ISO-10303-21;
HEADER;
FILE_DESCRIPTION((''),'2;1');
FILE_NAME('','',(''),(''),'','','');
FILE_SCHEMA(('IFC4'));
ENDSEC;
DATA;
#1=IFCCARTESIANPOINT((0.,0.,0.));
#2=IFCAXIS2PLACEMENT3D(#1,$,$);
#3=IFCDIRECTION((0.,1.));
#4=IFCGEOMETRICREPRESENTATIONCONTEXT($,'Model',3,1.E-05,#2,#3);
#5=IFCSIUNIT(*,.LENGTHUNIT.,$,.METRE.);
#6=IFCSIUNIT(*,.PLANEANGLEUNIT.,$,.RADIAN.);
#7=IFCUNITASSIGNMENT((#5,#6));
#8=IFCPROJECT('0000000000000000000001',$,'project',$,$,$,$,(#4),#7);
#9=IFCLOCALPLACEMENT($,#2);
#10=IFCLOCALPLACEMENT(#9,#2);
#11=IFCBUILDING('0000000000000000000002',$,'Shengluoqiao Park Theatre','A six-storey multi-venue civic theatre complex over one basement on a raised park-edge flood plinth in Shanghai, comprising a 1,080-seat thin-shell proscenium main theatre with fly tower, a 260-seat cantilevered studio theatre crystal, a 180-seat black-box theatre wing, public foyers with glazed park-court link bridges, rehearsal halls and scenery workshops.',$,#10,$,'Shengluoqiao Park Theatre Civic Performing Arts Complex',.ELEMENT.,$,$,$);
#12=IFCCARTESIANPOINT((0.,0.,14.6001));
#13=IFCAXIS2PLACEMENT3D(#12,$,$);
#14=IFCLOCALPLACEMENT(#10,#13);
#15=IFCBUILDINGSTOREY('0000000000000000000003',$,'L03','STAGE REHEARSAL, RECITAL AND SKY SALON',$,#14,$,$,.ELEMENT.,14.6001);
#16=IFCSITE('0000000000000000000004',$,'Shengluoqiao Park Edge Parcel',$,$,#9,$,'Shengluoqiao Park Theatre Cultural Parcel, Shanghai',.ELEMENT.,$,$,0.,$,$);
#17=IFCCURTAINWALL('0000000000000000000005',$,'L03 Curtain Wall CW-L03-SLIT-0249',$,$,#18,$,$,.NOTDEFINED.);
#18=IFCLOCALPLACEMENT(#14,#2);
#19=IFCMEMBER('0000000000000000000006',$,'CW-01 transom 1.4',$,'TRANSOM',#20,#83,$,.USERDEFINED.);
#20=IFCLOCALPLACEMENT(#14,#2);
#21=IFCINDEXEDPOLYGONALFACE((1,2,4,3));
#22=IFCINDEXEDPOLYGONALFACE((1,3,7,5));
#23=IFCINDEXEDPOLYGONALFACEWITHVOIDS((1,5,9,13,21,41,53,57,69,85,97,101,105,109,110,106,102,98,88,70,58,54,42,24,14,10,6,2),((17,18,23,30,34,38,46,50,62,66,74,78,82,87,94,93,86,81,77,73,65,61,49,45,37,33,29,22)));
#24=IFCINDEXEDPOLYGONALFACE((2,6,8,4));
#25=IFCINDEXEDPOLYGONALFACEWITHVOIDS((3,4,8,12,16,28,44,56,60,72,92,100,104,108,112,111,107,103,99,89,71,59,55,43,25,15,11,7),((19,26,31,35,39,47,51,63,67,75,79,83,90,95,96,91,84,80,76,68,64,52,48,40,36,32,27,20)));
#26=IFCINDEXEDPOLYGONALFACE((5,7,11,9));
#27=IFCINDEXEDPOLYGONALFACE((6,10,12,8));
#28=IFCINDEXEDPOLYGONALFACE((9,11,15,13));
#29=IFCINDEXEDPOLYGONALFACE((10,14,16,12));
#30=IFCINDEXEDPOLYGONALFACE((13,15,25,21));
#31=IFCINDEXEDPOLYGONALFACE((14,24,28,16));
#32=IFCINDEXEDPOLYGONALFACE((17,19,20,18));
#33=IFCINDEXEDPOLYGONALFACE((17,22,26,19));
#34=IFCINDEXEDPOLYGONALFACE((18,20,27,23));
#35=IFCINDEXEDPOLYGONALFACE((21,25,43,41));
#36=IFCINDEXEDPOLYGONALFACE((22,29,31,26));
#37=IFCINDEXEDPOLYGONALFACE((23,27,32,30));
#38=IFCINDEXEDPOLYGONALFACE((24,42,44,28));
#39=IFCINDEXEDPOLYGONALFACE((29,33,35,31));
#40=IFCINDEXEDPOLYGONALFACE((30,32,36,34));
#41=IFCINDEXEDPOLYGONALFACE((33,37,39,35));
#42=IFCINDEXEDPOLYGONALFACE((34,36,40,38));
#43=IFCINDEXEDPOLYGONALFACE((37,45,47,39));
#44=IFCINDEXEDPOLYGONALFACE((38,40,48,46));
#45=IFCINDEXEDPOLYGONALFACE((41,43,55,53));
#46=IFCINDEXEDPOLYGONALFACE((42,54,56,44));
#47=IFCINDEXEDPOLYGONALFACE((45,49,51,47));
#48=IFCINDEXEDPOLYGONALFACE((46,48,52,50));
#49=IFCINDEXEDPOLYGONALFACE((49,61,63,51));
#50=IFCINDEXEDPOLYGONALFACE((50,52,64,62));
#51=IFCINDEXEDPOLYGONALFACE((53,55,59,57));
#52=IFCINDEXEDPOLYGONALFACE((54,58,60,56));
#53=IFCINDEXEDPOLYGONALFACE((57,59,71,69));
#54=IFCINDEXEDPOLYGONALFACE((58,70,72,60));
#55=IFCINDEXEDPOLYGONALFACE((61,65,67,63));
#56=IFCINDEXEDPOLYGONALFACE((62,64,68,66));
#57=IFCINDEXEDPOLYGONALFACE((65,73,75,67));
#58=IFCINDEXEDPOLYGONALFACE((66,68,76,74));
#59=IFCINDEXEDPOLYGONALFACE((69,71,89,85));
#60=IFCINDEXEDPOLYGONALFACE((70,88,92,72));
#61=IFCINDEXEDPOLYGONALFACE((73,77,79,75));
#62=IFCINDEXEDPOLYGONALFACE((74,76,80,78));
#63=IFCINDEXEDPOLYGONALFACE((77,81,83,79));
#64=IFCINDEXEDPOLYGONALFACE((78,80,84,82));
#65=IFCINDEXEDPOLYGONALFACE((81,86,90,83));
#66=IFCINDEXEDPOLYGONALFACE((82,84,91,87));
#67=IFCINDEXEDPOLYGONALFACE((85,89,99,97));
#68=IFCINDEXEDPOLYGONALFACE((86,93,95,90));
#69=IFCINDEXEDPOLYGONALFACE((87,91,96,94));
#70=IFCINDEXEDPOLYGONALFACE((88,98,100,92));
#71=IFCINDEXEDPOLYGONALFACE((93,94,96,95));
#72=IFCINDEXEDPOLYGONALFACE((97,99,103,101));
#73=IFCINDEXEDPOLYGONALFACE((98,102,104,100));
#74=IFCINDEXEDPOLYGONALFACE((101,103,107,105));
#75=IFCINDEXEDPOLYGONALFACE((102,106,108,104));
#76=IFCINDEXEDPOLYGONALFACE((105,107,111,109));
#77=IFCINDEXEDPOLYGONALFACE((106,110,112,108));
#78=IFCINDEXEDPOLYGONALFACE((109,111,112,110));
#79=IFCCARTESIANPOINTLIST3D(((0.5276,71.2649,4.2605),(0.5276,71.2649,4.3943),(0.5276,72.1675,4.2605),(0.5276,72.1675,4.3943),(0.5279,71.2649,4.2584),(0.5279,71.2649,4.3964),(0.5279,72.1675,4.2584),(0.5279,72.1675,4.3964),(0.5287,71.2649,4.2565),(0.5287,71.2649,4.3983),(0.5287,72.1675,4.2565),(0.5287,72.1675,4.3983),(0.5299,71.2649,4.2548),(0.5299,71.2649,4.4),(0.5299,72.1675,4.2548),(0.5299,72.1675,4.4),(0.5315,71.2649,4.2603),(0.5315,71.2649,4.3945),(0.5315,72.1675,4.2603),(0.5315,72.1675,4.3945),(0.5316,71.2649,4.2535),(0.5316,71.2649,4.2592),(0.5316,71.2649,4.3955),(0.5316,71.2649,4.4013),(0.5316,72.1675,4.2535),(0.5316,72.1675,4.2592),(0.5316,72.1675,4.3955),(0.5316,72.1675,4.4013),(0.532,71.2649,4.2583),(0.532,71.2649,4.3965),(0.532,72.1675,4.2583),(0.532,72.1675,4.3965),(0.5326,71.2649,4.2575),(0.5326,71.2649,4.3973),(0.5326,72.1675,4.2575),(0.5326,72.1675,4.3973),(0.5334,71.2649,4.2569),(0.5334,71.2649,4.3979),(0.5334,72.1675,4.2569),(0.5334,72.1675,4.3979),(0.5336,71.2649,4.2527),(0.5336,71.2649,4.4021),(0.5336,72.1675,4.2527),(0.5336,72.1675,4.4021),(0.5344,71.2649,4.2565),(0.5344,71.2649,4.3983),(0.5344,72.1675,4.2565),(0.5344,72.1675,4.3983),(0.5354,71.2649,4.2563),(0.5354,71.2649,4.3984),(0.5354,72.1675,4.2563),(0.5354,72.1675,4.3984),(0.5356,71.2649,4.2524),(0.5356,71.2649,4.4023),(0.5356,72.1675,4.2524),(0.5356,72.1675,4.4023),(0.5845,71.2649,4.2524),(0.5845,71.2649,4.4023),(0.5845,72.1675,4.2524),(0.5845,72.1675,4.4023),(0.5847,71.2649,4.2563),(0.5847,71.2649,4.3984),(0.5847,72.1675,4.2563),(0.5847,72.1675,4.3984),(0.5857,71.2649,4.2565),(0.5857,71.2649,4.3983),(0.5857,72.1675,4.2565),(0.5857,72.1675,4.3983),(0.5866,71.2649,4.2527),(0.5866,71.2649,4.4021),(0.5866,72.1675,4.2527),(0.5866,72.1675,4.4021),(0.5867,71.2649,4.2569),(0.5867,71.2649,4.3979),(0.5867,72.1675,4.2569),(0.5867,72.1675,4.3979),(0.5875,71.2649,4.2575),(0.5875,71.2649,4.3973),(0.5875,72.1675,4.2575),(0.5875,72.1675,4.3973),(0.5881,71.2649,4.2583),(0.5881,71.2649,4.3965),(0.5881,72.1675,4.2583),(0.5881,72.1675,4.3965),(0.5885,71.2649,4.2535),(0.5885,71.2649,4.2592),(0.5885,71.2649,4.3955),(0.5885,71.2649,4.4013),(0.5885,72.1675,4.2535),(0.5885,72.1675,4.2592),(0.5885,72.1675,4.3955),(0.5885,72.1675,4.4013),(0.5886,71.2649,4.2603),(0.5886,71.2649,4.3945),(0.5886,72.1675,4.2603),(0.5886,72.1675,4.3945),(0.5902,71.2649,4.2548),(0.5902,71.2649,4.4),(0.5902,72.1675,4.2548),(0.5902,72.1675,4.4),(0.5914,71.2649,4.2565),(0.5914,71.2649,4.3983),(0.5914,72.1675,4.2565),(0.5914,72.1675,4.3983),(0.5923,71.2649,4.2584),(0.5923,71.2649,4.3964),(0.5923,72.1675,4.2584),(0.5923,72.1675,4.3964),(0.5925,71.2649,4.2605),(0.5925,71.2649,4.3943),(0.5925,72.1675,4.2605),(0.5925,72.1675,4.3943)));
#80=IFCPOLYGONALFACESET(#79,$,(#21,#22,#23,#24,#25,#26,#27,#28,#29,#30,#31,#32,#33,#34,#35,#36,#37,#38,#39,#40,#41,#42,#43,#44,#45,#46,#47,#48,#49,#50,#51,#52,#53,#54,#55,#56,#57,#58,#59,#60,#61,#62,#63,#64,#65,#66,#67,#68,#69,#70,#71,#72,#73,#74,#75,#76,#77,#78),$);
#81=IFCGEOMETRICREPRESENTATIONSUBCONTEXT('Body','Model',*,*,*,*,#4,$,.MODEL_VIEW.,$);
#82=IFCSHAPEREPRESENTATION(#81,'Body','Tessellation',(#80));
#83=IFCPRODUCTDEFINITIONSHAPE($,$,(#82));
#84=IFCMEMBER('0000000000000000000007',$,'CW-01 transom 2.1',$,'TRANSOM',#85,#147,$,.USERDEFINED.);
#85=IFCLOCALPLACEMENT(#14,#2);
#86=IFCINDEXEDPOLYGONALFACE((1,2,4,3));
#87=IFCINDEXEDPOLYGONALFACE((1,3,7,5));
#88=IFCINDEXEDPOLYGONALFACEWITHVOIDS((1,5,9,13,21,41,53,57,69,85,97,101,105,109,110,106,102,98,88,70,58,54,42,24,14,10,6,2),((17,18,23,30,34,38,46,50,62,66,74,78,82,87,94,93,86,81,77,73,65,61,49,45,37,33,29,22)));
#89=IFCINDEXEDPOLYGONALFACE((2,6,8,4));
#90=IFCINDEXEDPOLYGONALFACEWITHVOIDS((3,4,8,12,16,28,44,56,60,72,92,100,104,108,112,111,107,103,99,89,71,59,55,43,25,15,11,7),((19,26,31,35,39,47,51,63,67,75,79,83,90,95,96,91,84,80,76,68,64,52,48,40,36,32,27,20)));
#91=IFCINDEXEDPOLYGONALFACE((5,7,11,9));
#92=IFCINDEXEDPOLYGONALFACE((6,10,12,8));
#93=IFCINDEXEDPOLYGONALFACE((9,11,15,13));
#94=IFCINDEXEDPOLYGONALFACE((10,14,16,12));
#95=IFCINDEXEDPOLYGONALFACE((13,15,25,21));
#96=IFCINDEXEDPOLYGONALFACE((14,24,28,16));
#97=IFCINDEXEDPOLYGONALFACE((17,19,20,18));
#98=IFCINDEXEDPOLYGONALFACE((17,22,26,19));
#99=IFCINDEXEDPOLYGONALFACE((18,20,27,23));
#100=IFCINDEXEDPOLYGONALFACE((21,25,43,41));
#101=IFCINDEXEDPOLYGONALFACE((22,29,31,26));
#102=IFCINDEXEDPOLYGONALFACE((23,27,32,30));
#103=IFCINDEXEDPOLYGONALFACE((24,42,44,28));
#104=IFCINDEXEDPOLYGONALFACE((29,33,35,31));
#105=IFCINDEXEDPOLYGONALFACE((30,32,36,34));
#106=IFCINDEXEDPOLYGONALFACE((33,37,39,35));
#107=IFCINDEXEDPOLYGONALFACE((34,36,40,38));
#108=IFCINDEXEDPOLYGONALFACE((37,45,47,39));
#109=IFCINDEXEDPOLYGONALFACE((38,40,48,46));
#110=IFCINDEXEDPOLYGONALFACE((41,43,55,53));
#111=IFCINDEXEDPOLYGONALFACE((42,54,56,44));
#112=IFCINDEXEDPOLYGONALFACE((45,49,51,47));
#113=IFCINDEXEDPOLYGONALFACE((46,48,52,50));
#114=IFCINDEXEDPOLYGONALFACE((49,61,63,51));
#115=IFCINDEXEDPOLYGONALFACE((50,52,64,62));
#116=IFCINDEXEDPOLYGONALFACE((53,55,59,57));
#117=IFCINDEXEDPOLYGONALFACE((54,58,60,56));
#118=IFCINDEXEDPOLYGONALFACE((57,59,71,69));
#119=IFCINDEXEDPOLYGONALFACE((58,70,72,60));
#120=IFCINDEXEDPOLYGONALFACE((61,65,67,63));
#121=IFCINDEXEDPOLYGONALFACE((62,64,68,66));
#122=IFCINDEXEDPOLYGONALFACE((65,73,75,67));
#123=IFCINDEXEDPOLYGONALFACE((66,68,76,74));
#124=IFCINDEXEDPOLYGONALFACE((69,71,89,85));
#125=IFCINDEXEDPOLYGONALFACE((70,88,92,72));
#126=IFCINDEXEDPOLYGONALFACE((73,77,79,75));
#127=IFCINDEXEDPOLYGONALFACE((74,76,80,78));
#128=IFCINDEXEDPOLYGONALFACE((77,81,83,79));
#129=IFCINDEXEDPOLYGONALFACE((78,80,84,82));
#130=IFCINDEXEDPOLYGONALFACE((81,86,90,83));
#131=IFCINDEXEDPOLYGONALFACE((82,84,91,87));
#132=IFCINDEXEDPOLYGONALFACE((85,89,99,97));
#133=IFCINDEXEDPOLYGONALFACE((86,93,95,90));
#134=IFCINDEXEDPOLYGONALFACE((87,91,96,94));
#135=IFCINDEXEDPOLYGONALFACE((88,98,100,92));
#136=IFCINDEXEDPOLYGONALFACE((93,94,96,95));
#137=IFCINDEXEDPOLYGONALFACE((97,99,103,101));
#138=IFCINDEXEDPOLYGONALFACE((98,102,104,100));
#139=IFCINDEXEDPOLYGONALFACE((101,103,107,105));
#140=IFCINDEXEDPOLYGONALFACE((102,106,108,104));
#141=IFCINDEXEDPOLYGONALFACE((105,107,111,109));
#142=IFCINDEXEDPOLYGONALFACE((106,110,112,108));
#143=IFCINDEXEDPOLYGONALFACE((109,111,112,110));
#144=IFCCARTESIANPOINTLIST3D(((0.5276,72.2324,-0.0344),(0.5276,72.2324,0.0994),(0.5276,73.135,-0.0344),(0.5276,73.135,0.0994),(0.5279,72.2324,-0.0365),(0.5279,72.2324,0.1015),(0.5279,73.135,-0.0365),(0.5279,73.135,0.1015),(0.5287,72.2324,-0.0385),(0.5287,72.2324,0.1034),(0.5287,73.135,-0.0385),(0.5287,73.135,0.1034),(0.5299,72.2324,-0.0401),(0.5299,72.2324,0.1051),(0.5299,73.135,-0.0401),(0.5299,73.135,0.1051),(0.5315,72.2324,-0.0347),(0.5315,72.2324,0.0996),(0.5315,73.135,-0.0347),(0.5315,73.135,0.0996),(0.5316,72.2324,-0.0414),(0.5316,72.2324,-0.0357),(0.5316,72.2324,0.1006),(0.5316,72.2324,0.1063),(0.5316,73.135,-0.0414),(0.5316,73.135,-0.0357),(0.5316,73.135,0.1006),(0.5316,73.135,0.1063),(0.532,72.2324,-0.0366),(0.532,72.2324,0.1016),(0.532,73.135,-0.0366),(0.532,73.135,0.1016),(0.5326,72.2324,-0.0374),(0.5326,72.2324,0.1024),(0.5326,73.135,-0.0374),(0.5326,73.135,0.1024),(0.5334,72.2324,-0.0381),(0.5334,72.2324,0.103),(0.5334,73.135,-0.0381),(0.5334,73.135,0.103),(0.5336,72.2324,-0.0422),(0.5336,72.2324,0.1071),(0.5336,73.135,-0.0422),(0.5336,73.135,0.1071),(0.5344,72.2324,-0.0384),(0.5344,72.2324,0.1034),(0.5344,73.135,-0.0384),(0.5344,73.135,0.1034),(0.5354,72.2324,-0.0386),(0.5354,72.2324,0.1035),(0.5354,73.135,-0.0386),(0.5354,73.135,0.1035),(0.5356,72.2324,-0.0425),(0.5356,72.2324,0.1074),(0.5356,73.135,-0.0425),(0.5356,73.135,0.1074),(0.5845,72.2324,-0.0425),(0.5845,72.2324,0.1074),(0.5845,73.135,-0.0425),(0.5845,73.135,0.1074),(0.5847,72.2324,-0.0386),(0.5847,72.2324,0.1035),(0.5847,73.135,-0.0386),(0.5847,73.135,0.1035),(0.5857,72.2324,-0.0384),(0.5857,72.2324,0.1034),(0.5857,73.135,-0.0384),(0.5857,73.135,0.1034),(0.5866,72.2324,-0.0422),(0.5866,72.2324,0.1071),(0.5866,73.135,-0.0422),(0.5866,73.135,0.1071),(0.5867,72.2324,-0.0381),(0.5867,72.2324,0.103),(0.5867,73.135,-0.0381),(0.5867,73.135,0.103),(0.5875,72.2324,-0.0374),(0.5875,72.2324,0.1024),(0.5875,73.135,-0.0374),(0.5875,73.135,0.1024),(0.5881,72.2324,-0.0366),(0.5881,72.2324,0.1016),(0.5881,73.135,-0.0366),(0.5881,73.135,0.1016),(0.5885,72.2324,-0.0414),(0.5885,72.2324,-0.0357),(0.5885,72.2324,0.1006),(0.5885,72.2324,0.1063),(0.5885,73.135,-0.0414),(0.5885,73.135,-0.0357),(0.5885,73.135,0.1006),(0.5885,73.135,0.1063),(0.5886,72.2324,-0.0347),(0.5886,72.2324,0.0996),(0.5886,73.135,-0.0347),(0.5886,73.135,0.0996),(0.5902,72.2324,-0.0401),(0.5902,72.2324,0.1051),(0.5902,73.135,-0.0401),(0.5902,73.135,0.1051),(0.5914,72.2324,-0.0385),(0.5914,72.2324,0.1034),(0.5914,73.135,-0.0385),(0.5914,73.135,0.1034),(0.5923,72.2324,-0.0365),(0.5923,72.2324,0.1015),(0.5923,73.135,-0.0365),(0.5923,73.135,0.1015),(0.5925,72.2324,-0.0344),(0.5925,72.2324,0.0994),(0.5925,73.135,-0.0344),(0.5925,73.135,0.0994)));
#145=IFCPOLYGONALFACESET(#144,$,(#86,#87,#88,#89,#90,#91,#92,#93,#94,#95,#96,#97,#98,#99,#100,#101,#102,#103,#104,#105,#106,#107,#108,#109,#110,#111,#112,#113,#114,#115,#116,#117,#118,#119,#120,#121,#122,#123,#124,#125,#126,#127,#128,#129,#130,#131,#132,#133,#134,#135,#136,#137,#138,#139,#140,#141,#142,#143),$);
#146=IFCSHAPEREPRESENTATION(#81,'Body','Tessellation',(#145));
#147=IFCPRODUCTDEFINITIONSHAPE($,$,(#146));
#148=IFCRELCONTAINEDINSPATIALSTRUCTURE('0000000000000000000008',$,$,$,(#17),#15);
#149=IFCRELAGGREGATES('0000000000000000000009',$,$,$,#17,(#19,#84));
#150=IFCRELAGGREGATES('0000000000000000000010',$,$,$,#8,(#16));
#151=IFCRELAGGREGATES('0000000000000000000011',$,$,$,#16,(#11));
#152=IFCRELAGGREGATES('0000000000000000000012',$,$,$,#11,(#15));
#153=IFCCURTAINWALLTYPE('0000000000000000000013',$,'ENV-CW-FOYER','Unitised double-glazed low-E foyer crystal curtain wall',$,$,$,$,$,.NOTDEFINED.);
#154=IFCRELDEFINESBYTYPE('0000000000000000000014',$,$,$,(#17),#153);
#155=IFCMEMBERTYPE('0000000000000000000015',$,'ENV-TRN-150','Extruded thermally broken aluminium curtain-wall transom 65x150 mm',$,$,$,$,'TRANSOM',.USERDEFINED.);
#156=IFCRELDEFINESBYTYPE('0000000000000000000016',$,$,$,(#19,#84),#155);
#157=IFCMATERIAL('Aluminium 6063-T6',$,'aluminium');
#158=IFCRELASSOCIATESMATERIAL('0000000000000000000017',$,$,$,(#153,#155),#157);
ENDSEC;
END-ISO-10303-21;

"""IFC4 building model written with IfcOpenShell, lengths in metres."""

from ifc_helpers import new_model, si_unit, direction, frame, origin, origin_2d, place, context, subcontext, project, spatial, hollow_rectangle, extrude, material, material_profile, profile_set, type_object, element, aggregate, save


model = new_model("IFC4")

# Units and contexts
model_context = context("Model", 3, precision=1e-05, world=origin(), true_north=direction((0.0, 1.0)))
body_context = subcontext(model_context, "Body", "Model", "MODEL_VIEW")
ifc_project = project(units=[si_unit("LENGTHUNIT", "METRE"), si_unit("PLANEANGLEUNIT", "RADIAN")], contexts=[model_context])

# Site, building, storey
site_placement = place(None, origin())
site = spatial("IfcSite", under=ifc_project, at=site_placement, Name="Shengluoqiao Park Edge Parcel", LongName="Shengluoqiao Park Theatre Cultural Parcel, Shanghai", CompositionType="ELEMENT", RefElevation=0.0)
building_placement = place(site_placement, origin())
building = spatial("IfcBuilding", under=site, at=building_placement, Name="Shengluoqiao Park Theatre", Description="A six-storey multi-venue civic theatre complex over one basement on a raised park-edge flood plinth in Shanghai, comprising a 1,080-seat thin-shell proscenium main theatre with fly tower, a 260-seat cantilevered studio theatre crystal, a 180-seat black-box theatre wing, public foyers with glazed park-court link bridges, rehearsal halls and scenery workshops.", LongName="Shengluoqiao Park Theatre Civic Performing Arts Complex", CompositionType="ELEMENT")
storey_placement = place(building_placement, frame((0.0, 0.0, 14.6001)))
storey = spatial("IfcBuildingStorey", under=building, at=storey_placement, Name="L03", Description="STAGE REHEARSAL, RECITAL AND SKY SALON", CompositionType="ELEMENT", Elevation=14.6001)

# Curtain wall, members
ifc_material_1 = material(Name="Aluminium 6063-T6", Category="aluminium")
curtain_wall_type = type_object("IfcCurtainWallType", Name="ENV-CW-FOYER", Description="Unitised double-glazed low-E foyer crystal curtain wall", PredefinedType="NOTDEFINED", material=ifc_material_1)
curtain_wall_placement = place(storey_placement, origin())
curtain_wall = element("IfcCurtainWall", 1, at=curtain_wall_placement, inside=storey, type_object=curtain_wall_type, Name="L03 Curtain Wall CW-L03-SLIT-0249", PredefinedType="NOTDEFINED")
ifc_material_profile_1 = material_profile(ifc_material_1, hollow_rectangle(XDim=0.0649, YDim=0.1499, WallThickness=0.0039, InnerFilletRadius=0.0039, OuterFilletRadius=0.0081, at=origin_2d()), Name="ALU TRANSOM 150x65x4")
ifc_profile_set_1 = profile_set([ifc_material_profile_1], Name="Aluminium 6063-T6")
member_type_1 = type_object("IfcMemberType", Name="ENV-TRN-150", Description="Extruded thermally broken aluminium curtain-wall transom 65x150 mm", ElementType="TRANSOM", PredefinedType="USERDEFINED", material=ifc_profile_set_1)
member_1_placement = place(storey_placement, frame((0.5601, 71.2649, 4.3274), z_axis=(0.0, 1.0, 0.0), x_axis=(-1.0, 0.0, 0.0)))
member_1 = element("IfcMember", 2, at=member_1_placement, type_object=member_type_1, Name="CW-01 transom 1.4", ObjectType="TRANSOM", PredefinedType="USERDEFINED", context=body_context, shape_type="SweptSolid", body=[
    extrude(hollow_rectangle(XDim=0.0649, YDim=0.1499, WallThickness=0.0039, InnerFilletRadius=0.0039, OuterFilletRadius=0.0081, at=origin_2d()), origin(), (0.0, 0.0, 1.0), 0.9026),
])
member_2_placement = place(storey_placement, frame((0.5601, 72.2324, 0.0325), z_axis=(0.0, 1.0, 0.0), x_axis=(-1.0, 0.0, 0.0)))
member_2 = element("IfcMember", 3, at=member_2_placement, type_object=member_type_1, Name="CW-01 transom 2.1", ObjectType="TRANSOM", PredefinedType="USERDEFINED", context=body_context, shape_type="SweptSolid", body=[
    extrude(hollow_rectangle(XDim=0.0649, YDim=0.1499, WallThickness=0.0039, InnerFilletRadius=0.0039, OuterFilletRadius=0.0081, at=origin_2d()), origin(), (0.0, 0.0, 1.0), 0.9026),
])

aggregate(curtain_wall, [member_1, member_2])

save(model, "model.ifc")
